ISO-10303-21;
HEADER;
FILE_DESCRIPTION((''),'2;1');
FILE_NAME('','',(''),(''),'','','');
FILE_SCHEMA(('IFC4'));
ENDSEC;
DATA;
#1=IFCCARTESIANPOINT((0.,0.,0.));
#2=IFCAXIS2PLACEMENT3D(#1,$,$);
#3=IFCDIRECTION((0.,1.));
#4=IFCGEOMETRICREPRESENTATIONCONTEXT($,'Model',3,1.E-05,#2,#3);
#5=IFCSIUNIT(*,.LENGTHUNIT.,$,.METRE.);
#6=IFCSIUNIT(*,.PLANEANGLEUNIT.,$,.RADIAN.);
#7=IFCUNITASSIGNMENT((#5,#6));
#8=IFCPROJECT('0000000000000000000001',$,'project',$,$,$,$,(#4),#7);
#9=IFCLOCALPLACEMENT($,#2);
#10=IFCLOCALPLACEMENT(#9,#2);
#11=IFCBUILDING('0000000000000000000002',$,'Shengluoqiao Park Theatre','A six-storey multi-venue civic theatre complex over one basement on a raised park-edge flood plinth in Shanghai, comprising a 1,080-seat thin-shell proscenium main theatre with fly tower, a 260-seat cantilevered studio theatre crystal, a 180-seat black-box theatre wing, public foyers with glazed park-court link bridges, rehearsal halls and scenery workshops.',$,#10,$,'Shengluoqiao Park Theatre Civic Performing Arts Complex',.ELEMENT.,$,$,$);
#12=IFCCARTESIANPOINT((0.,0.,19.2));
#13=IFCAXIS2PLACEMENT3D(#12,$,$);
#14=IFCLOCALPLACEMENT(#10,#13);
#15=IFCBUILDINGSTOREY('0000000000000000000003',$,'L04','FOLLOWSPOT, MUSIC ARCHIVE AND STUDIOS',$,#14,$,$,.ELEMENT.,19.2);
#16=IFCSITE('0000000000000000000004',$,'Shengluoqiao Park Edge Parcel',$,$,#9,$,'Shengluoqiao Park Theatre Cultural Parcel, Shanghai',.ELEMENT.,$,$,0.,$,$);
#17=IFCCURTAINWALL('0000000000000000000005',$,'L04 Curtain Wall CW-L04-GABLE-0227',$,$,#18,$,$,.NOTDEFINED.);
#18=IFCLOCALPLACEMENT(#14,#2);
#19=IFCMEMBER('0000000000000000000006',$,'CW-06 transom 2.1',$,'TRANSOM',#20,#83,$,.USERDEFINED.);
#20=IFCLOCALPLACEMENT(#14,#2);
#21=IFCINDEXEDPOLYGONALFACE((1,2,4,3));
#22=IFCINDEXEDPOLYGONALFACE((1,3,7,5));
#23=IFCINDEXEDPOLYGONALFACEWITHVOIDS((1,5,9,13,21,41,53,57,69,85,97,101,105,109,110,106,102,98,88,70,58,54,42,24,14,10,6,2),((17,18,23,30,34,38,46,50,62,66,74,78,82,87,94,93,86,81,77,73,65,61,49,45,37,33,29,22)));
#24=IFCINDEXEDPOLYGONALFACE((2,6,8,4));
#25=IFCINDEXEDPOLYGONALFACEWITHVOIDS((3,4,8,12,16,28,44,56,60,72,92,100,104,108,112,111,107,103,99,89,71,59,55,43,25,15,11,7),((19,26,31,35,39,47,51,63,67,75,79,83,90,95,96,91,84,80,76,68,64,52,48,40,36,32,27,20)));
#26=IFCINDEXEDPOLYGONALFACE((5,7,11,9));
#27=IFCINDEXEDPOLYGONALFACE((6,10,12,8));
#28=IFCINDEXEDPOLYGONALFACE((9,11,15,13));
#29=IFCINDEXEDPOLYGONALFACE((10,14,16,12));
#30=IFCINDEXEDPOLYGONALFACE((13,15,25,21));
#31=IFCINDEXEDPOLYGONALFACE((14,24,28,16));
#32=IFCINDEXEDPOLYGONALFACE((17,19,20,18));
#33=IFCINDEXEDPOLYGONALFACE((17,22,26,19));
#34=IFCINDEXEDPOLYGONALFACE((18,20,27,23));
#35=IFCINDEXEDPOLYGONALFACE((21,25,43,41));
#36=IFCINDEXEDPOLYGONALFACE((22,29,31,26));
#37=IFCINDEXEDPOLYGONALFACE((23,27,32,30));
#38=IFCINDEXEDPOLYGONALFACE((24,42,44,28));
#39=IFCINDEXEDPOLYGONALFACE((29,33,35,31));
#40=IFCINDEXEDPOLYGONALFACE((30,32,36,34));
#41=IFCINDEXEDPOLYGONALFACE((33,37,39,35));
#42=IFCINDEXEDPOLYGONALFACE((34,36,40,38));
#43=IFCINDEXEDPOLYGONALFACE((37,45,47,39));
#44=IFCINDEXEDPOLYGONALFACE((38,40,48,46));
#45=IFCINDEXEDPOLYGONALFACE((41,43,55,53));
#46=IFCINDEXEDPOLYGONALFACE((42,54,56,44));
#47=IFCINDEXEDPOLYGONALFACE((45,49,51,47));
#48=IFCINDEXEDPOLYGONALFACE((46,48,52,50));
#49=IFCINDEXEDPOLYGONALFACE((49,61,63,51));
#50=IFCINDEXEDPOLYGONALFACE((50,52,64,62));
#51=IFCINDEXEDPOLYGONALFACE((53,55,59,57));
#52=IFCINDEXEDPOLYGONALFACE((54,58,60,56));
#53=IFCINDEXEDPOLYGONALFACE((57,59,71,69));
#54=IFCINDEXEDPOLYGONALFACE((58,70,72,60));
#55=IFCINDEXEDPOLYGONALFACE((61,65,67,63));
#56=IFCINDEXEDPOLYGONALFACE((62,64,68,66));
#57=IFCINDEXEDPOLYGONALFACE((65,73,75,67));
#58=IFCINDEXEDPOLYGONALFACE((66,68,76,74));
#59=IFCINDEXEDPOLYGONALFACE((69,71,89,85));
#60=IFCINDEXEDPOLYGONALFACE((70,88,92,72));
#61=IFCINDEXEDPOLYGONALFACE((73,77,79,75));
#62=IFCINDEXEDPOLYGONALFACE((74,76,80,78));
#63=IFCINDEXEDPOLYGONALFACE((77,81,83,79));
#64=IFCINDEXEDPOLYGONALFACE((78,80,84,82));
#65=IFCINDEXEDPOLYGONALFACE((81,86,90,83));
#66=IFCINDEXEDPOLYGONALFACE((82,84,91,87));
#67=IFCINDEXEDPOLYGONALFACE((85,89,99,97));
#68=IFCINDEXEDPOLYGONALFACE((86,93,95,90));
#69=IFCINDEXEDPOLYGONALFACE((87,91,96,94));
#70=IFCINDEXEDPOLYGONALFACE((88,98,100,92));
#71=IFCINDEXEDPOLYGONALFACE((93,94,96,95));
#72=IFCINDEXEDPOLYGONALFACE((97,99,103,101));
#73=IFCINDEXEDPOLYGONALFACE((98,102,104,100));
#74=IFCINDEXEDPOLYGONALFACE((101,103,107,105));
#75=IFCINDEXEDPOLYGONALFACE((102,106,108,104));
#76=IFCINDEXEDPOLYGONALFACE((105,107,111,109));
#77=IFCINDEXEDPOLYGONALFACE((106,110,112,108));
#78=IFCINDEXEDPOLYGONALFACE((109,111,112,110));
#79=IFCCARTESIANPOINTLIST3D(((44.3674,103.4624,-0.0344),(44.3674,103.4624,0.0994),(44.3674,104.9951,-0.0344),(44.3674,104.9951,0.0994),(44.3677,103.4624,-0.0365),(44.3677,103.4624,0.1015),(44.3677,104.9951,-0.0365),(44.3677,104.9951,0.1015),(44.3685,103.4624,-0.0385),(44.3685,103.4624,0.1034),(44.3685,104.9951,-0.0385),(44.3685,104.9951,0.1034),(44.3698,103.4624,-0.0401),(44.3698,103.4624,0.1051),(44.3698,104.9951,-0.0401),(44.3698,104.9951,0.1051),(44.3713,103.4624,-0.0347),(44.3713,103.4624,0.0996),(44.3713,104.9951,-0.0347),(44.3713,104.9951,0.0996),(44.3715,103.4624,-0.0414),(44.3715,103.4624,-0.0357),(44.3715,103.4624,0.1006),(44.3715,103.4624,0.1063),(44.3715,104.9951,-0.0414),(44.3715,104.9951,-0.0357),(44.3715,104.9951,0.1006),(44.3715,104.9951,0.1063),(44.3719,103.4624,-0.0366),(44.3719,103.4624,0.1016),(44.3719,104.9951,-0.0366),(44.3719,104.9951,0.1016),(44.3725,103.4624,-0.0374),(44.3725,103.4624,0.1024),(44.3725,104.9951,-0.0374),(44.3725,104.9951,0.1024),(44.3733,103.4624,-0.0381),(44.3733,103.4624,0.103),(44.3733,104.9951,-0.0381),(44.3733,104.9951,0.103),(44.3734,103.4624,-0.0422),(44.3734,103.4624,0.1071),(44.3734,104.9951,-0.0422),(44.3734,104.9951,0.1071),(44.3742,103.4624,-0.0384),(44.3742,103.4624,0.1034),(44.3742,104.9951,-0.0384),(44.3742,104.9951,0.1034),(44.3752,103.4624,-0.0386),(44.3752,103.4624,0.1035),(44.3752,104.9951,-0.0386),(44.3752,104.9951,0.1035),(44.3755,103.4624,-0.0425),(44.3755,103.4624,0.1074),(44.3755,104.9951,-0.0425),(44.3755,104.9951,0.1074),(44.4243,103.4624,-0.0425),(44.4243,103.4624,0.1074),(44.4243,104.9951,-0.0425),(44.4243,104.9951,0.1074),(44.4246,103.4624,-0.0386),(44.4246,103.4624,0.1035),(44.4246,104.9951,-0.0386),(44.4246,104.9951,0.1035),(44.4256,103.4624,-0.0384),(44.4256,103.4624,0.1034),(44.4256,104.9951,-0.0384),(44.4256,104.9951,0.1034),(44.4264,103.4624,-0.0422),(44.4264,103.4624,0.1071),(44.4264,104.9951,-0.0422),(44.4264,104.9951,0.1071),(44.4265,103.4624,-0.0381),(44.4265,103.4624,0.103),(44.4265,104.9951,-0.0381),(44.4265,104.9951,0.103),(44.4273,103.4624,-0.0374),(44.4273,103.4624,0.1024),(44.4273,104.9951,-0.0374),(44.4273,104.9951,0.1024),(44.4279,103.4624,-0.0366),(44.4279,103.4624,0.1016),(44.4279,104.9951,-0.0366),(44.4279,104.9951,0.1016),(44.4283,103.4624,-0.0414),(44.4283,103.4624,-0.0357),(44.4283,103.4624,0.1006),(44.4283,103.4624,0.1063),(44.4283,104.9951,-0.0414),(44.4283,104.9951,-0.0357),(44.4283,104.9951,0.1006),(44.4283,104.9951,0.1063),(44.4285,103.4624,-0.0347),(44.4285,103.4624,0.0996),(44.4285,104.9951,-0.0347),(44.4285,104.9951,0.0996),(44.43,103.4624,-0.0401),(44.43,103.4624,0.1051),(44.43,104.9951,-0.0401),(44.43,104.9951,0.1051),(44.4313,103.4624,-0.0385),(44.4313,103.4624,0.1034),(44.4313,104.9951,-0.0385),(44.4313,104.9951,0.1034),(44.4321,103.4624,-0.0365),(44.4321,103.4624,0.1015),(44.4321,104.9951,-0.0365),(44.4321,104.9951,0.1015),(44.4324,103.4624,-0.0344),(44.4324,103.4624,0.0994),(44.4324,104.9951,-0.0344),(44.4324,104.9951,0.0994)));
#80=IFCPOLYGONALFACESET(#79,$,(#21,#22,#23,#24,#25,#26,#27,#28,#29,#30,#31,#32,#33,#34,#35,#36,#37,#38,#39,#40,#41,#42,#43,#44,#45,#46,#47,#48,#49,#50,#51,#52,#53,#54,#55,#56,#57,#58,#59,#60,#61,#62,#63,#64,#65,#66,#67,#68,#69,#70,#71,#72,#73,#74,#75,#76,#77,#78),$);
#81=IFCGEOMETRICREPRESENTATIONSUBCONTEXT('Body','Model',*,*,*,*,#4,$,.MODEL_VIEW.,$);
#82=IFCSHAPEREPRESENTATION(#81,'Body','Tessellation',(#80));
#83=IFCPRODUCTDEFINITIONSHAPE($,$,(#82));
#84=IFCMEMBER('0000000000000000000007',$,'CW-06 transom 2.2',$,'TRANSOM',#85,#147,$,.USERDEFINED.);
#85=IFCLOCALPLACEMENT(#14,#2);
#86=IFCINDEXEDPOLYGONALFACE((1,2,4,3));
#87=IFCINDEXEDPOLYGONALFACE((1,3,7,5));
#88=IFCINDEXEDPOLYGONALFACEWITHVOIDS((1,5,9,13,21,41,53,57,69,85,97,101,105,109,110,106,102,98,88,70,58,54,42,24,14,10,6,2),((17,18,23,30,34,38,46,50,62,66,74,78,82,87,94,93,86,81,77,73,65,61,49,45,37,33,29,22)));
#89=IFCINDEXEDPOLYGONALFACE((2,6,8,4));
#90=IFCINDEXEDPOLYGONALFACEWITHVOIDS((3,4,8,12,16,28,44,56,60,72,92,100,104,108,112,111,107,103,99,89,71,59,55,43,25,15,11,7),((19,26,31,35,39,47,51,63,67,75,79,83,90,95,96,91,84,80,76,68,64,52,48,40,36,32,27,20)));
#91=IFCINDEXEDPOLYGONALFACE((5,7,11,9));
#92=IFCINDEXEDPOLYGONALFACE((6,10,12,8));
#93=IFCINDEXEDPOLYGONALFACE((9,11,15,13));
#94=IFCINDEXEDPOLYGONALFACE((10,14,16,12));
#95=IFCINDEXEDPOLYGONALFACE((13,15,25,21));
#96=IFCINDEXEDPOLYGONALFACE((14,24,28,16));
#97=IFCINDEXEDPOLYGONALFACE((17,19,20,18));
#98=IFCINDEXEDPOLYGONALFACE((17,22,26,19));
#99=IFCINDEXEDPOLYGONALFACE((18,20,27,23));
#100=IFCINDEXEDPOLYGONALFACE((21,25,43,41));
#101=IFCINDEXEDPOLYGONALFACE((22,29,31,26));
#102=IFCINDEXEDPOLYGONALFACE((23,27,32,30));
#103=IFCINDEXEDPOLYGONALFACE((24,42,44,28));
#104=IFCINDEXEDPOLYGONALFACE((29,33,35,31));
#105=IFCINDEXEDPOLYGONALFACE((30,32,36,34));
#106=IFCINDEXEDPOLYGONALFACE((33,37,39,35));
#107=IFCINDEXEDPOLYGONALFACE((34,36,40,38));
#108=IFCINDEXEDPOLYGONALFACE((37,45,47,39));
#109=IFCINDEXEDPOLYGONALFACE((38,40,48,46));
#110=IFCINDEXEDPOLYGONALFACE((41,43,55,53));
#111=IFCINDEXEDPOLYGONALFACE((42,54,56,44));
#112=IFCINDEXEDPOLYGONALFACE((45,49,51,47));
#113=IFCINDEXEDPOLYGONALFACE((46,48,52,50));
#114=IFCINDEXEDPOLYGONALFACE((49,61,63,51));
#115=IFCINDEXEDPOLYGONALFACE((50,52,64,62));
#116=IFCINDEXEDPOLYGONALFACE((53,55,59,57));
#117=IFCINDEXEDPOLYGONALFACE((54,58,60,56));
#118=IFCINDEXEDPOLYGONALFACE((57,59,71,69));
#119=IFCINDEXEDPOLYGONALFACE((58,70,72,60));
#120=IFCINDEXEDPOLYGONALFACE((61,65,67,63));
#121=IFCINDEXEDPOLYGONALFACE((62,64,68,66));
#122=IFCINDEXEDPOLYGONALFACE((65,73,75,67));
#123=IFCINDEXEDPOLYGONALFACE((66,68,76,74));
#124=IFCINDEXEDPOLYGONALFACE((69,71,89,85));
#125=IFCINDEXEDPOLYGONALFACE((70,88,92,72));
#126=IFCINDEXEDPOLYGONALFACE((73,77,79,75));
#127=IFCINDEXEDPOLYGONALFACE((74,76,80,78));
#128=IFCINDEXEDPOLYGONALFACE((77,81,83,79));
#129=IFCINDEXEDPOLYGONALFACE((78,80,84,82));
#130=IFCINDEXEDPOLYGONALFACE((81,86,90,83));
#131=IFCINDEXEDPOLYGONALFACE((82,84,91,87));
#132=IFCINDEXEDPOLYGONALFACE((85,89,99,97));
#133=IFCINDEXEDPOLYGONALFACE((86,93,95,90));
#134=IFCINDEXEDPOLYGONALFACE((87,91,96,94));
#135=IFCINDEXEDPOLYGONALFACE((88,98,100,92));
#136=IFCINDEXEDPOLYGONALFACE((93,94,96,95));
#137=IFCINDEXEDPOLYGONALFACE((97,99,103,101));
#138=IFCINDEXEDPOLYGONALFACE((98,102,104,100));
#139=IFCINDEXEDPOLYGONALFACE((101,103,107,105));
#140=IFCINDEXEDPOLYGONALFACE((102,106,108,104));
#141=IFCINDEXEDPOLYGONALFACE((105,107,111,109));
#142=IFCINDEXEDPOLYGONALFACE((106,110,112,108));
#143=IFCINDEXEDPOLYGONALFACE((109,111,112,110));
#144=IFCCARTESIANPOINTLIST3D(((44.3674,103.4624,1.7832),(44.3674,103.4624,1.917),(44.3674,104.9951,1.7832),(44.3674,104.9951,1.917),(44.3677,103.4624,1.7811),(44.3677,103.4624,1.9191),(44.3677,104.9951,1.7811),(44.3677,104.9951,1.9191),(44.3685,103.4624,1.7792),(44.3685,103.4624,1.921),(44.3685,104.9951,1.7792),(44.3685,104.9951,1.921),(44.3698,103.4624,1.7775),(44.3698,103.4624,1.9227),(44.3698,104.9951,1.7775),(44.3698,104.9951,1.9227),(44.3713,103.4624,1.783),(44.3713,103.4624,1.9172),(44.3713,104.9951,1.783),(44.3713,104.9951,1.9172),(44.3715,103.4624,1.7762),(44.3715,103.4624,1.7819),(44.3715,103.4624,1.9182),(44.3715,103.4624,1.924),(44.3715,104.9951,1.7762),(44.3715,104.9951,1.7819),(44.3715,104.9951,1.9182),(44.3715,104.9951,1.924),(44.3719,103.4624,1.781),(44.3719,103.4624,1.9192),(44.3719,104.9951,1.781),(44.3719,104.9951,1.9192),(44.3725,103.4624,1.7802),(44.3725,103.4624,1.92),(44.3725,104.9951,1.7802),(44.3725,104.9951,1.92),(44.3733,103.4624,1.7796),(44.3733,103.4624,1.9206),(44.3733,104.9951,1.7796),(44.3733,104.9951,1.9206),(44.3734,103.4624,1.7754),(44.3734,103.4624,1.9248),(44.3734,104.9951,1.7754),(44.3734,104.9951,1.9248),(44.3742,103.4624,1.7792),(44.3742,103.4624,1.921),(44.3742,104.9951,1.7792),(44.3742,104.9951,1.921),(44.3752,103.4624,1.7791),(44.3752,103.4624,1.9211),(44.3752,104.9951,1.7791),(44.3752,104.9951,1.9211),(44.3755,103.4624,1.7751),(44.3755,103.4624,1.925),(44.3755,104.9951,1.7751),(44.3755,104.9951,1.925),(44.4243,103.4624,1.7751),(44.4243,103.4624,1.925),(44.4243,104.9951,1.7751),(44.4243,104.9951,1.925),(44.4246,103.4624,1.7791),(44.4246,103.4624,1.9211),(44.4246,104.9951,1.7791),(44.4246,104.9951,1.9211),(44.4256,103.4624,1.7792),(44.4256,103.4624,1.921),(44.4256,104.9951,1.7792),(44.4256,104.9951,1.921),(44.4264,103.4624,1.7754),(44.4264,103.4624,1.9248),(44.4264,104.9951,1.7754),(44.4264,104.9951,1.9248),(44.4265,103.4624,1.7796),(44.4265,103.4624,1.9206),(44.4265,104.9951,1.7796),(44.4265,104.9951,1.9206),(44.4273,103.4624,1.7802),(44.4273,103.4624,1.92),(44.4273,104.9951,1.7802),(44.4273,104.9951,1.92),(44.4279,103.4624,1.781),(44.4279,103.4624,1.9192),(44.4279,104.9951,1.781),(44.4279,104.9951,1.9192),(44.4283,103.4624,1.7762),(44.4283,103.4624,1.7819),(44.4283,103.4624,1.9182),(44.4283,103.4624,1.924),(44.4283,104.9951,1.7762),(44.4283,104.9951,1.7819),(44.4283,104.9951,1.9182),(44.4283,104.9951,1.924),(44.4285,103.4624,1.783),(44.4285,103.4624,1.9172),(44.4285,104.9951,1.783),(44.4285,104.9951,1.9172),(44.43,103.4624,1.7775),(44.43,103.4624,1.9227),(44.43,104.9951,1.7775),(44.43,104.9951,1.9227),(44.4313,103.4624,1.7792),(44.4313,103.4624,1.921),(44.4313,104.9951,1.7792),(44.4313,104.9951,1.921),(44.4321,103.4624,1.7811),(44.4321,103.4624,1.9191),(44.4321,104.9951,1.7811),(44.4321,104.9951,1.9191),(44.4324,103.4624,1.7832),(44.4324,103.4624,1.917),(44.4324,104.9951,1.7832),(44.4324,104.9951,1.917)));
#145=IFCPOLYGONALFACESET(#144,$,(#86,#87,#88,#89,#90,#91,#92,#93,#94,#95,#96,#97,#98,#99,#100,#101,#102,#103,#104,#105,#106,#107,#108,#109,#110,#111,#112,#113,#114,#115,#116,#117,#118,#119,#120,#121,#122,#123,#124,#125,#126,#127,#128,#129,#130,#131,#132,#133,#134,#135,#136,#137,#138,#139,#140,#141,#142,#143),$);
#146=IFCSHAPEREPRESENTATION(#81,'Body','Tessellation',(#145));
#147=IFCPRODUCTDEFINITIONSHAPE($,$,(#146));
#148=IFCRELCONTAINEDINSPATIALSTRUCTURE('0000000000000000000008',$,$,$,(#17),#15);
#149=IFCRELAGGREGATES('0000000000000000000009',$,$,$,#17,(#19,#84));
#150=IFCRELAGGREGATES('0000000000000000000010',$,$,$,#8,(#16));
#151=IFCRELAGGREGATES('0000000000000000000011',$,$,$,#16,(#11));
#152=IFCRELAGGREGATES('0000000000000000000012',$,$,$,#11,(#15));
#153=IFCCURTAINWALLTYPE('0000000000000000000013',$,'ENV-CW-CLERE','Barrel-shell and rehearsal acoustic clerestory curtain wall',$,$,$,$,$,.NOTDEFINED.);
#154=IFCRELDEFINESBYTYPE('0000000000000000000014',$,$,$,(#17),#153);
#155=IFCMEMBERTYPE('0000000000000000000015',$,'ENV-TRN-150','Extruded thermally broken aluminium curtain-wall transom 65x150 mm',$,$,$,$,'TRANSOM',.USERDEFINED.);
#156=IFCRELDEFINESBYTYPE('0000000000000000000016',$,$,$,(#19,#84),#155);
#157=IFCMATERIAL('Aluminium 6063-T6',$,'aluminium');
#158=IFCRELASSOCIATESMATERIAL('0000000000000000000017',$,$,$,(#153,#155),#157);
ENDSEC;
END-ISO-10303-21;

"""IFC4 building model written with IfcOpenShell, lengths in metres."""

from ifc_helpers import new_model, si_unit, direction, frame, origin, origin_2d, place, context, subcontext, project, spatial, hollow_rectangle, extrude, material, material_profile, profile_set, type_object, element, aggregate, save


model = new_model("IFC4")

# Units and contexts
model_context = context("Model", 3, precision=1e-05, world=origin(), true_north=direction((0.0, 1.0)))
body_context = subcontext(model_context, "Body", "Model", "MODEL_VIEW")
ifc_project = project(units=[si_unit("LENGTHUNIT", "METRE"), si_unit("PLANEANGLEUNIT", "RADIAN")], contexts=[model_context])

# Site, building, storey
site_placement = place(None, origin())
site = spatial("IfcSite", under=ifc_project, at=site_placement, Name="Shengluoqiao Park Edge Parcel", LongName="Shengluoqiao Park Theatre Cultural Parcel, Shanghai", CompositionType="ELEMENT", RefElevation=0.0)
building_placement = place(site_placement, origin())
building = spatial("IfcBuilding", under=site, at=building_placement, Name="Shengluoqiao Park Theatre", Description="A six-storey multi-venue civic theatre complex over one basement on a raised park-edge flood plinth in Shanghai, comprising a 1,080-seat thin-shell proscenium main theatre with fly tower, a 260-seat cantilevered studio theatre crystal, a 180-seat black-box theatre wing, public foyers with glazed park-court link bridges, rehearsal halls and scenery workshops.", LongName="Shengluoqiao Park Theatre Civic Performing Arts Complex", CompositionType="ELEMENT")
storey_placement = place(building_placement, frame((0.0, 0.0, 19.2)))
storey = spatial("IfcBuildingStorey", under=building, at=storey_placement, Name="L04", Description="FOLLOWSPOT, MUSIC ARCHIVE AND STUDIOS", CompositionType="ELEMENT", Elevation=19.2)

# Curtain wall
ifc_material_1 = material(Name="Aluminium 6063-T6", Category="aluminium")
curtain_wall_type = type_object("IfcCurtainWallType", Name="ENV-CW-CLERE", Description="Barrel-shell and rehearsal acoustic clerestory curtain wall", PredefinedType="NOTDEFINED", material=ifc_material_1)
curtain_wall_1_placement = place(storey_placement, origin())
curtain_wall_1 = element("IfcCurtainWall", 1, at=curtain_wall_1_placement, inside=storey, type_object=curtain_wall_type, Name="L04 Curtain Wall CW-L04-GABLE-0227", PredefinedType="NOTDEFINED")

# Members
ifc_material_profile_1 = material_profile(ifc_material_1, hollow_rectangle(XDim=0.0649, YDim=0.1499, WallThickness=0.0039, InnerFilletRadius=0.0039, OuterFilletRadius=0.0081, at=origin_2d()), Name="ALU TRANSOM 150x65x4")
ifc_profile_set_1 = profile_set([ifc_material_profile_1], Name="Aluminium 6063-T6")
member_type_1 = type_object("IfcMemberType", Name="ENV-TRN-150", Description="Extruded thermally broken aluminium curtain-wall transom 65x150 mm", ElementType="TRANSOM", PredefinedType="USERDEFINED", material=ifc_profile_set_1)
member_1_placement = place(storey_placement, frame((44.3999, 103.4624, 0.0325), z_axis=(0.0, 1.0, 0.0), x_axis=(-1.0, 0.0, 0.0)))
member_1 = element("IfcMember", 2, at=member_1_placement, type_object=member_type_1, Name="CW-06 transom 2.1", ObjectType="TRANSOM", PredefinedType="USERDEFINED", context=body_context, shape_type="SweptSolid", body=[
    extrude(hollow_rectangle(XDim=0.0649, YDim=0.1499, WallThickness=0.0039, InnerFilletRadius=0.0039, OuterFilletRadius=0.0081, at=origin_2d()), origin(), (0.0, 0.0, 1.0), 1.5327),
])
member_2_placement = place(storey_placement, frame((44.3999, 103.4624, 1.8501), z_axis=(0.0, 1.0, 0.0), x_axis=(-1.0, 0.0, 0.0)))
member_2 = element("IfcMember", 3, at=member_2_placement, type_object=member_type_1, Name="CW-06 transom 2.2", ObjectType="TRANSOM", PredefinedType="USERDEFINED", context=body_context, shape_type="SweptSolid", body=[
    extrude(hollow_rectangle(XDim=0.0649, YDim=0.1499, WallThickness=0.0039, InnerFilletRadius=0.0039, OuterFilletRadius=0.0081, at=origin_2d()), origin(), (0.0, 0.0, 1.0), 1.5327),
])

aggregate(curtain_wall_1, [member_1, member_2])

save(model, "model.ifc")
